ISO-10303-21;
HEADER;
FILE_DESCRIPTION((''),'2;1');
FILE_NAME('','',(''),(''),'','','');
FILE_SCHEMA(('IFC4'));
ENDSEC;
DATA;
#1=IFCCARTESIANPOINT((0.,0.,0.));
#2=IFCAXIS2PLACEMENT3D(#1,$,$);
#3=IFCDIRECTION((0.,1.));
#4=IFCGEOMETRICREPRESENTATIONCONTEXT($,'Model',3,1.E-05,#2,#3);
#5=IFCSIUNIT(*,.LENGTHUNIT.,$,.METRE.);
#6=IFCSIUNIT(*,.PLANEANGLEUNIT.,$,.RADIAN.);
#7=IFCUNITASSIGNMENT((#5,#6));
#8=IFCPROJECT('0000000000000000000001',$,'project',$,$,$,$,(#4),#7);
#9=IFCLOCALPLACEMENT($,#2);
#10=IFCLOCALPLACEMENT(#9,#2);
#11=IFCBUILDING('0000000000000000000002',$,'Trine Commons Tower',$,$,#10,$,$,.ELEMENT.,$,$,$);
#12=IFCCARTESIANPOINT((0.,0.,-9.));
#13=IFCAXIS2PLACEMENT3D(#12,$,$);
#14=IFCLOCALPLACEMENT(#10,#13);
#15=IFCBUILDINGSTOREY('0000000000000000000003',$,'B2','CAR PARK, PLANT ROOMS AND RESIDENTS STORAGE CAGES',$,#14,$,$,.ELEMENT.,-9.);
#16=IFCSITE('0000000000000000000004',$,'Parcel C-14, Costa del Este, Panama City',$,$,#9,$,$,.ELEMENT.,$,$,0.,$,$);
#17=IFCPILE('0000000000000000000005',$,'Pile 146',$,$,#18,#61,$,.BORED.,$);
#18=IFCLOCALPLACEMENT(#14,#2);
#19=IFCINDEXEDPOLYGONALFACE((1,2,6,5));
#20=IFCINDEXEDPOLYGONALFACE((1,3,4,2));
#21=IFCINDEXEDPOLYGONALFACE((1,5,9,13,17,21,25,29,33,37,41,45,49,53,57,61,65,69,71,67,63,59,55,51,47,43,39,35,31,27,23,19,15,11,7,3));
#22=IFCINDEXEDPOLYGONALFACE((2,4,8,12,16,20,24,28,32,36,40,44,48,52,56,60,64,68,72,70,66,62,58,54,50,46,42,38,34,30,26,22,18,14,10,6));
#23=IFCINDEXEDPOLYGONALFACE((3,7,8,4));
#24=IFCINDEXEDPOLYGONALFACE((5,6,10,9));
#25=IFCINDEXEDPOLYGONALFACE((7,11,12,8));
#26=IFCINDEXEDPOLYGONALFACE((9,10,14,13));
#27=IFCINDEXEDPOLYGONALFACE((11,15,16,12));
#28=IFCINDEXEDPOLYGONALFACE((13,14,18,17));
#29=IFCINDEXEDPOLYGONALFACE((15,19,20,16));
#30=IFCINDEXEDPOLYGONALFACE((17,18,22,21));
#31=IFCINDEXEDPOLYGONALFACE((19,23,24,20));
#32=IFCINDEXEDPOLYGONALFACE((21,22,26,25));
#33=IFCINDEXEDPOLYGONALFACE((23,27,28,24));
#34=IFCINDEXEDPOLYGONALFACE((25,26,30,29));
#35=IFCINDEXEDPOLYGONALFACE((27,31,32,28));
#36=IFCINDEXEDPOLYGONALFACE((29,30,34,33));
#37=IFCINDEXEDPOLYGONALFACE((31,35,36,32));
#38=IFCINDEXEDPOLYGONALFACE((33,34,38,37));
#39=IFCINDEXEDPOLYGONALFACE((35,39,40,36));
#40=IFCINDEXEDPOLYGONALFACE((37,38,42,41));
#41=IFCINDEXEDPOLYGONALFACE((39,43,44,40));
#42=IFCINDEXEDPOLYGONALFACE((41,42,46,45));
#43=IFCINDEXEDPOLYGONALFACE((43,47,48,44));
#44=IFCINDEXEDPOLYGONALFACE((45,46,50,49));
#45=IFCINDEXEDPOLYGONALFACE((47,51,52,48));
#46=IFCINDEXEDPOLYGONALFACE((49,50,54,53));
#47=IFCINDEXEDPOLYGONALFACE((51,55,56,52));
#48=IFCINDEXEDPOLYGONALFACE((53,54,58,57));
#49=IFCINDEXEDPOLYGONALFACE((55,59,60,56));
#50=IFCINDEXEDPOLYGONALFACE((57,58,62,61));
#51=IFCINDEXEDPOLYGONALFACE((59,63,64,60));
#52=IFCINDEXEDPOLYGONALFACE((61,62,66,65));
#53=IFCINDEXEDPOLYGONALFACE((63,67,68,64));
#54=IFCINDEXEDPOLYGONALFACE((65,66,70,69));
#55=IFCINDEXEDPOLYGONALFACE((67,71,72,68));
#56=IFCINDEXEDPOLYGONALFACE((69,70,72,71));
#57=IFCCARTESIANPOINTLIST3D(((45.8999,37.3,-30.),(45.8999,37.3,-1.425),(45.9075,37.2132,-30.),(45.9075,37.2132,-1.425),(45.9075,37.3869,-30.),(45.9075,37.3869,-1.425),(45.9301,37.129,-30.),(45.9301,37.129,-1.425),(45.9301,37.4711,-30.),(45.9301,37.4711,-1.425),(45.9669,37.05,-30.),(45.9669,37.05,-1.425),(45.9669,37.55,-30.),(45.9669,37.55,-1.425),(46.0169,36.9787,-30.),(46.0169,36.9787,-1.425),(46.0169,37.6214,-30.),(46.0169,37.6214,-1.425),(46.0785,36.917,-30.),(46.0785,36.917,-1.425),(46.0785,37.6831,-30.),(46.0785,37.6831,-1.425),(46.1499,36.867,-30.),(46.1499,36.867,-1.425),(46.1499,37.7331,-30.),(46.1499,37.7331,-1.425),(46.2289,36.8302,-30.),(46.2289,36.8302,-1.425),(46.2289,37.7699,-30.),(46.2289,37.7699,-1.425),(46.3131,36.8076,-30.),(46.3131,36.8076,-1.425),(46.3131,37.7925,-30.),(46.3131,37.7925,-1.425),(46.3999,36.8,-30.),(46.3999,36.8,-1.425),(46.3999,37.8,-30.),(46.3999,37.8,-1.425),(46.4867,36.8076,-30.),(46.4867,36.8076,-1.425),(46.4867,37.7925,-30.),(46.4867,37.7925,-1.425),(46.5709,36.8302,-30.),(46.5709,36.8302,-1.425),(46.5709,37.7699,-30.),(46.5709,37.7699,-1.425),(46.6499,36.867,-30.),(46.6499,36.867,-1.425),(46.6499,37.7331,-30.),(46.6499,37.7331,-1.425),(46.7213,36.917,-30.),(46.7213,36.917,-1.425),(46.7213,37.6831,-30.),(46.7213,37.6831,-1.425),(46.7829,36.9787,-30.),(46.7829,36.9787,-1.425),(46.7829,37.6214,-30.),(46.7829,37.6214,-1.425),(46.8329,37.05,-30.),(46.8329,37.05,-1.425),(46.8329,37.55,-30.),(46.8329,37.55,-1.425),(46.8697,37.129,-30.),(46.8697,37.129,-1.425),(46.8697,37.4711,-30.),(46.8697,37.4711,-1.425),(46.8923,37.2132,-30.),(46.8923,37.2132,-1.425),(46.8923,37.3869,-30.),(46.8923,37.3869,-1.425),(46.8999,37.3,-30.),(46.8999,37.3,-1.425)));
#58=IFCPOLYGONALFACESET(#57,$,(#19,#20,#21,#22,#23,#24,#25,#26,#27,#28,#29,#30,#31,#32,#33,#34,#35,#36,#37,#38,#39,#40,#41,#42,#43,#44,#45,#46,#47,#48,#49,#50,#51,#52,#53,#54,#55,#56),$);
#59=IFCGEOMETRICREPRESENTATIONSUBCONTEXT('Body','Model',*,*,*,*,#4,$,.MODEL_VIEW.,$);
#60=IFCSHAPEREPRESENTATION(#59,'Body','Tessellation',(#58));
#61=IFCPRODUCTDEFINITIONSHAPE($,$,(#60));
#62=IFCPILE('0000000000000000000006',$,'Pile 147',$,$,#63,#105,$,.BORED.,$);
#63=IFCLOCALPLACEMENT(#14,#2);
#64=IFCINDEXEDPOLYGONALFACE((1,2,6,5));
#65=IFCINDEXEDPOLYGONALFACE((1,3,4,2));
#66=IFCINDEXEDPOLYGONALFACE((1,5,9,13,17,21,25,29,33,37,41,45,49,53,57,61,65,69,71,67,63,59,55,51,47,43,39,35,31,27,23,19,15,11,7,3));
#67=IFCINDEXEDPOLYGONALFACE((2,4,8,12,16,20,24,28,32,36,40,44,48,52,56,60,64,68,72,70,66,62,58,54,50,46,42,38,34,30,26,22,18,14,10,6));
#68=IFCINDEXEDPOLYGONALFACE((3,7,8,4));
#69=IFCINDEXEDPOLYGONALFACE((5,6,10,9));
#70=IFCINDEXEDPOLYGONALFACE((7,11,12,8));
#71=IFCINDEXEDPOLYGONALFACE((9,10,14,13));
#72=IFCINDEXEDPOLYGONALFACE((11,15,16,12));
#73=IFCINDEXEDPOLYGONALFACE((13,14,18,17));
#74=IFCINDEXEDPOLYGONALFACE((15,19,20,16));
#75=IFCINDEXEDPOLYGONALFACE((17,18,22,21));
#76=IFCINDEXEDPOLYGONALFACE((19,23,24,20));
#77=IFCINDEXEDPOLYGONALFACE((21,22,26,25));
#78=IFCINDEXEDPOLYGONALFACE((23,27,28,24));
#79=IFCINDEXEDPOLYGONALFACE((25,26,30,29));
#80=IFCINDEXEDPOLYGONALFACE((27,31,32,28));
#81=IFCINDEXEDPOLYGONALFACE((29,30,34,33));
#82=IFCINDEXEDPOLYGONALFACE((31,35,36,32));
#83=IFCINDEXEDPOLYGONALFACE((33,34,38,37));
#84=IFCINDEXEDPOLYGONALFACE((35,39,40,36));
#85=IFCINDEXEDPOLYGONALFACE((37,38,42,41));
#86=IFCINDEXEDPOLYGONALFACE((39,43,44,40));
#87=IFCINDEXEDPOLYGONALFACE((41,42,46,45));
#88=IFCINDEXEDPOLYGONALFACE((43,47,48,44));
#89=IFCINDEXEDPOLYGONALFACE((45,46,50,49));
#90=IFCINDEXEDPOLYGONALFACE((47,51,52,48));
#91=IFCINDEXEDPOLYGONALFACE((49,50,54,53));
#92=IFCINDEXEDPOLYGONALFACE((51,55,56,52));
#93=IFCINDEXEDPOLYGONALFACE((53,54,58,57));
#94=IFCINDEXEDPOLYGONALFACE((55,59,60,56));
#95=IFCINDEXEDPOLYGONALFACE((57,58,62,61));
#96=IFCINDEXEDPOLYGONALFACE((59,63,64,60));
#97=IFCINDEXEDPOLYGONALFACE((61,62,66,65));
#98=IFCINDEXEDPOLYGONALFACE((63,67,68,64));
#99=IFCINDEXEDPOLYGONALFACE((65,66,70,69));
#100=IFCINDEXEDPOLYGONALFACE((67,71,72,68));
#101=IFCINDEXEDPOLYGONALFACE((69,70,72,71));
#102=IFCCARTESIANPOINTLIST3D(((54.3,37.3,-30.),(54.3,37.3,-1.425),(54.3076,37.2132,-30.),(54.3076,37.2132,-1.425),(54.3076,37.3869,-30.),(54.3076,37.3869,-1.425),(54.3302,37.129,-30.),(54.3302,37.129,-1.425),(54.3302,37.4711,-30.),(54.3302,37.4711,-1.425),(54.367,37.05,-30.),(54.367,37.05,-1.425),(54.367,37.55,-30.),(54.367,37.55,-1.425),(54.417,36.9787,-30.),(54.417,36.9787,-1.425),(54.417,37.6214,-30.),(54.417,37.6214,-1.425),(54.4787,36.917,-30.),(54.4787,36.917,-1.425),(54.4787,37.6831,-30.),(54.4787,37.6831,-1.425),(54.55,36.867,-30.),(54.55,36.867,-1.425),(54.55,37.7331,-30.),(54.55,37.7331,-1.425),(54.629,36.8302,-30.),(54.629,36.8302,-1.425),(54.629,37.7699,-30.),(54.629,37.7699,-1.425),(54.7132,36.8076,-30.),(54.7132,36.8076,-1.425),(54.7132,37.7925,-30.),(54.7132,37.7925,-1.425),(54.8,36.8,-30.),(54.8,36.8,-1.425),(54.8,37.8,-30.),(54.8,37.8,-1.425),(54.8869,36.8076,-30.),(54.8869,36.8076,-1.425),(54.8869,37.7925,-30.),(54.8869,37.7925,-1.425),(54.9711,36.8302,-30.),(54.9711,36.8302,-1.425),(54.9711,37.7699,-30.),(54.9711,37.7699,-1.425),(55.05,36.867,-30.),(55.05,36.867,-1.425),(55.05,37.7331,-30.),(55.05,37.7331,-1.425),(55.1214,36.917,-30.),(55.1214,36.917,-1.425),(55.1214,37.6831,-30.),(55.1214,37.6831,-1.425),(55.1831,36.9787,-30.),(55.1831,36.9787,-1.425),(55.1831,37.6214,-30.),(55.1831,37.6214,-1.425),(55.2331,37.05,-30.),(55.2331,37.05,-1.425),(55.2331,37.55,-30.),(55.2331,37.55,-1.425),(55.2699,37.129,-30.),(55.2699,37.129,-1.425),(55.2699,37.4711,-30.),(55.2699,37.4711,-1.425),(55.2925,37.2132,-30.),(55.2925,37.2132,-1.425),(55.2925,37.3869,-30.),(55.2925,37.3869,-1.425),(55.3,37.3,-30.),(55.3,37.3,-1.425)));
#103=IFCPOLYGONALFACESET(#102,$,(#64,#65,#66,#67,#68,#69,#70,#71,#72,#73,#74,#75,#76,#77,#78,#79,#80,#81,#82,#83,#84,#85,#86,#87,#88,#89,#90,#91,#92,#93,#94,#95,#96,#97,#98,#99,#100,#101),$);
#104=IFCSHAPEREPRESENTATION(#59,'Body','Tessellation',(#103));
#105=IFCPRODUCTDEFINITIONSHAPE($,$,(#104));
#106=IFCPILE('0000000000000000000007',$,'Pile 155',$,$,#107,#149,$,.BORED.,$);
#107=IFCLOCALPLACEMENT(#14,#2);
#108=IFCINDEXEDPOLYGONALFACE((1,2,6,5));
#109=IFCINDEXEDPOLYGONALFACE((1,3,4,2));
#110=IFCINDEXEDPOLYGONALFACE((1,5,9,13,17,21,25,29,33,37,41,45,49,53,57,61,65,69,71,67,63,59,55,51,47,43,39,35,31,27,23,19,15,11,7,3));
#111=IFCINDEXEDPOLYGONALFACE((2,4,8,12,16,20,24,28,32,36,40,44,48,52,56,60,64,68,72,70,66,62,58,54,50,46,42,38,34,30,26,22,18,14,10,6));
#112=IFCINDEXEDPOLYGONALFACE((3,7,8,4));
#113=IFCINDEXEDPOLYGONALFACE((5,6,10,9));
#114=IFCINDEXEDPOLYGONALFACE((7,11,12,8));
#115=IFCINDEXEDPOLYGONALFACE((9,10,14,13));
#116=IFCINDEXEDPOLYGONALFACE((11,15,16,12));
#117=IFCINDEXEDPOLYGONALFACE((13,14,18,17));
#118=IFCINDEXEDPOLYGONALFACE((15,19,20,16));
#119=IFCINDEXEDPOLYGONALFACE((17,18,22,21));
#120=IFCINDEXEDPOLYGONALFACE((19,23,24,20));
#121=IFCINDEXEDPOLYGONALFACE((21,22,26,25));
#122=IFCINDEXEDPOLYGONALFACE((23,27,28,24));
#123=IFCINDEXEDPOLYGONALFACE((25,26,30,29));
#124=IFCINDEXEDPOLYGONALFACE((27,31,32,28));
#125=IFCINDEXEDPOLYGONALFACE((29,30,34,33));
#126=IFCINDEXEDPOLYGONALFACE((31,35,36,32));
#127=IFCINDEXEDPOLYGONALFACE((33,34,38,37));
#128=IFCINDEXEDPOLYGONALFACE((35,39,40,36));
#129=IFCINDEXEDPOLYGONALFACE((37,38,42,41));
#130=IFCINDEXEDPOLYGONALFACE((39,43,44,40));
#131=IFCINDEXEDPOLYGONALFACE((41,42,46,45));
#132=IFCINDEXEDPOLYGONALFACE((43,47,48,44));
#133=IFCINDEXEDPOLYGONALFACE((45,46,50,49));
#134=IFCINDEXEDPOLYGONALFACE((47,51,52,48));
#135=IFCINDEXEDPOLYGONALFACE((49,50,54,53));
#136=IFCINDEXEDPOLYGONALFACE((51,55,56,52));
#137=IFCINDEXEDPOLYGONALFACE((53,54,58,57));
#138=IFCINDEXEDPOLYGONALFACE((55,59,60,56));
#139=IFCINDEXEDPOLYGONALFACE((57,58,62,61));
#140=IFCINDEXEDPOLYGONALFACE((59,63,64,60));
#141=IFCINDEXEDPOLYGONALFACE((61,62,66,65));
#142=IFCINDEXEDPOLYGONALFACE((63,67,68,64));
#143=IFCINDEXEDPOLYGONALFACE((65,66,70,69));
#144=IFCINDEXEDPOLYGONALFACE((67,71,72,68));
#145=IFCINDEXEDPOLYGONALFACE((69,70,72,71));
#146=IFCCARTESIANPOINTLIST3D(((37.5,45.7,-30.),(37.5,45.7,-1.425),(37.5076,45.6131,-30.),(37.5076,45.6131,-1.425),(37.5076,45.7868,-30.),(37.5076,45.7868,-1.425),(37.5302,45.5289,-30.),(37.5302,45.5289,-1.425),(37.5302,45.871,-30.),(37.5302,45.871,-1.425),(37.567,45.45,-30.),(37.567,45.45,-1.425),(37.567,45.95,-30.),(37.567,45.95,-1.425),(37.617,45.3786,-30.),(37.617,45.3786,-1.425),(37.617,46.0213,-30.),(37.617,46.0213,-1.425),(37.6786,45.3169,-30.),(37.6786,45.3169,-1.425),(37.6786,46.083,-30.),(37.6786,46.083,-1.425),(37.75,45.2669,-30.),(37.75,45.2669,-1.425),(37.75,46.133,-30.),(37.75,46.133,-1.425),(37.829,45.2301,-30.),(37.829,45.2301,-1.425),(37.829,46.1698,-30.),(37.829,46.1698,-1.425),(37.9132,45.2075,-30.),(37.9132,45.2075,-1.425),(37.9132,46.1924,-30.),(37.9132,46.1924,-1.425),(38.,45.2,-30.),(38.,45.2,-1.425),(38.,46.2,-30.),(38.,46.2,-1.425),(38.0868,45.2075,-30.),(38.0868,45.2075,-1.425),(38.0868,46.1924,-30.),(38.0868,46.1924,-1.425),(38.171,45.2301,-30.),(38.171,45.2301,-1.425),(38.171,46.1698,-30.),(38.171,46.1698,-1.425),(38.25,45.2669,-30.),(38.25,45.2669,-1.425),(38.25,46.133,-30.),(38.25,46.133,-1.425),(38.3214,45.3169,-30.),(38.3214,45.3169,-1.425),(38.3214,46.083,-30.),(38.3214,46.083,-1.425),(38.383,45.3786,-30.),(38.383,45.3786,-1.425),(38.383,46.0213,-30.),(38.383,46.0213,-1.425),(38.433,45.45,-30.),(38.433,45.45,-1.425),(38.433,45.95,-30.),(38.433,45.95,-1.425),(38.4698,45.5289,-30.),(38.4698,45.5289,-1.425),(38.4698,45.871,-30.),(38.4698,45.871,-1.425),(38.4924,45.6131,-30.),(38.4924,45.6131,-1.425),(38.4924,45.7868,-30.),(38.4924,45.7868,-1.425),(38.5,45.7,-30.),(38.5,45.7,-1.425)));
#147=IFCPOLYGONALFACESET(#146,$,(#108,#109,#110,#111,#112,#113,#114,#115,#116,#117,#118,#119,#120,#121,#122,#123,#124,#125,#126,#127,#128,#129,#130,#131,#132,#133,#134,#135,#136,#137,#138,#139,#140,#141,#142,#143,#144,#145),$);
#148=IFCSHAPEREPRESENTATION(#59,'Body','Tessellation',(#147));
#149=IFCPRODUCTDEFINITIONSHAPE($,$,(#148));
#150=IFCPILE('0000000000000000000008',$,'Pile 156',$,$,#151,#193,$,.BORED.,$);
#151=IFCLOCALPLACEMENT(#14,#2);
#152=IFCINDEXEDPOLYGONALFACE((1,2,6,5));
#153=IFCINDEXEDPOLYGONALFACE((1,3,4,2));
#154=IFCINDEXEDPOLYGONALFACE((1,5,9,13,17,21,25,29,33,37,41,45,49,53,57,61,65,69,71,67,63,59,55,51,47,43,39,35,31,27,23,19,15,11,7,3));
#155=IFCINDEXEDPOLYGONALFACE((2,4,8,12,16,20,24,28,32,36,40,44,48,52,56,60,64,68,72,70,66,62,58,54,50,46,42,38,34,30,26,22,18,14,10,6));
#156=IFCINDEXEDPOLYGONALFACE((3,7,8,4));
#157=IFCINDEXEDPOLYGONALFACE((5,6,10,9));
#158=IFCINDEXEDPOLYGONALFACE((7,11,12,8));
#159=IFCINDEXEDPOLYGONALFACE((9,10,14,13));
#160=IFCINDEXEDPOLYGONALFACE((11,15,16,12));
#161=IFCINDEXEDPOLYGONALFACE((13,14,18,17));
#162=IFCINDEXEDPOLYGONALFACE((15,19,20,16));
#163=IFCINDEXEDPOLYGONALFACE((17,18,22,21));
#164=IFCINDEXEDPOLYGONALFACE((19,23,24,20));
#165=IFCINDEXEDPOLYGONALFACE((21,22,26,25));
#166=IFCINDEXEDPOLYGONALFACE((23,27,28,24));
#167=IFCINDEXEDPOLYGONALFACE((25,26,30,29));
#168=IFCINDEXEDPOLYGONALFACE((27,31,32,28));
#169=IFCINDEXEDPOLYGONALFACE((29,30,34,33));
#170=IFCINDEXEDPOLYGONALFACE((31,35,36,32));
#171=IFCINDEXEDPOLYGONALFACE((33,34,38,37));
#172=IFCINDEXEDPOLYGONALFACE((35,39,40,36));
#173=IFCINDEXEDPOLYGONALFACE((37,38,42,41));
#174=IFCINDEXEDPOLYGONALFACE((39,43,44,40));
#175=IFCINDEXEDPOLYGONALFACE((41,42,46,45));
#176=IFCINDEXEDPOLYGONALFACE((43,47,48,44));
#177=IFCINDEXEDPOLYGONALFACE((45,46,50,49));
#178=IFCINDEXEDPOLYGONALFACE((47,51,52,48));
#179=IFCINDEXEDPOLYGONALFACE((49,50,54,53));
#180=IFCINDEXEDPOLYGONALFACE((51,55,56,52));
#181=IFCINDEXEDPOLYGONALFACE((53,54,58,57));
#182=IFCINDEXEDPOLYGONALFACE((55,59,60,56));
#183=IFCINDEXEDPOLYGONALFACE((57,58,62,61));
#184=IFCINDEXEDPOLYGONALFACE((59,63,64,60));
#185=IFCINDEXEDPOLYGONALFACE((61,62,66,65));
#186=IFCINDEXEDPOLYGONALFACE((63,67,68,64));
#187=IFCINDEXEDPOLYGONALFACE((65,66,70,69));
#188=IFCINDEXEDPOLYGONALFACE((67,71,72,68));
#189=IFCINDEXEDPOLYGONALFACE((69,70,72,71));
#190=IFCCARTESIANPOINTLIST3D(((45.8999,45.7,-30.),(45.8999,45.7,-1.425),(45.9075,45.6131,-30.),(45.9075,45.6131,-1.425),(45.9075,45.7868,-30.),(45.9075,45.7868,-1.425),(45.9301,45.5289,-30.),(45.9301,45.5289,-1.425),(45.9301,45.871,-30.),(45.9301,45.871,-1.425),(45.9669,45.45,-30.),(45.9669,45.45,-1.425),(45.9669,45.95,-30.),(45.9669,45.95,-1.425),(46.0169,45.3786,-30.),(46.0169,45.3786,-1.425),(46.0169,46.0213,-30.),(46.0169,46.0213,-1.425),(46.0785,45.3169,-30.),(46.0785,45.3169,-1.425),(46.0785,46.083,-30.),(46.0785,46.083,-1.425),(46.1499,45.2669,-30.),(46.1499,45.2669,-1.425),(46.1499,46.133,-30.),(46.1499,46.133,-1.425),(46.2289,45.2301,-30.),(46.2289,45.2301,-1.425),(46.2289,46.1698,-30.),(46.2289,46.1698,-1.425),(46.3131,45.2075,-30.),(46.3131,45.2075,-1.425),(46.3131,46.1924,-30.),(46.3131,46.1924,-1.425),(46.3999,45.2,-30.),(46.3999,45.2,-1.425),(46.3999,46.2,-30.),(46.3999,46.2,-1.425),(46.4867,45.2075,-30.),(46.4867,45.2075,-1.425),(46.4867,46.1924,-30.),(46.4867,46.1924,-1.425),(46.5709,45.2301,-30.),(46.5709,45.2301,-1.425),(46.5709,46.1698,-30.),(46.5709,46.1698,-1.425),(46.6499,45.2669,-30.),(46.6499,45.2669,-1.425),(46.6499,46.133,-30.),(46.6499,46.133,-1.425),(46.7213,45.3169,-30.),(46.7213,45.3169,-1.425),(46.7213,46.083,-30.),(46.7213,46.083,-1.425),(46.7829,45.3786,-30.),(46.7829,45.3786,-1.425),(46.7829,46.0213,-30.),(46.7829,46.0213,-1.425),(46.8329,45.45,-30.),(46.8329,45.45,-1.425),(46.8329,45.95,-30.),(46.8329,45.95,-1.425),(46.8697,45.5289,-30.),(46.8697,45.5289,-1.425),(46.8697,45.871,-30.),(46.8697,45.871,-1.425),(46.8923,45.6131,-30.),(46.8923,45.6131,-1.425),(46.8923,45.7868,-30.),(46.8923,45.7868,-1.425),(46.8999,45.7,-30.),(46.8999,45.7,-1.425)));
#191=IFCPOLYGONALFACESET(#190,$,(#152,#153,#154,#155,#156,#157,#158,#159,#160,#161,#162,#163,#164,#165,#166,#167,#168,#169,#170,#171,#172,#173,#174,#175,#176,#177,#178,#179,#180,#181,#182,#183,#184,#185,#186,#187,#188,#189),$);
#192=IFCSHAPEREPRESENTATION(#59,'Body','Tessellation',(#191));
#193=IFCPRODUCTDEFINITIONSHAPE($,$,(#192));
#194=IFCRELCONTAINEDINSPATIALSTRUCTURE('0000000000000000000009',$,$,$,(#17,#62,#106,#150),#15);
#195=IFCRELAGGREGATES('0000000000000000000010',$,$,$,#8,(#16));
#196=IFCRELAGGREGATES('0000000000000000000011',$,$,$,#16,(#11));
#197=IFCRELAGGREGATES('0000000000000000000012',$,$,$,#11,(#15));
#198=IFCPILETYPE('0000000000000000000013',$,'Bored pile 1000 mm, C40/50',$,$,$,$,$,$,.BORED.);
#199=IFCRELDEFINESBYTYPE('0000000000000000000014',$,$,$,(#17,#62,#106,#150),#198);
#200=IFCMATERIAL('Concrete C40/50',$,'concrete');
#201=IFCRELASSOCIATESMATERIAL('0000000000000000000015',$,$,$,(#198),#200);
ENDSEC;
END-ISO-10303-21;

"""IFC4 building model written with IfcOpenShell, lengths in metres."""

from ifc_helpers import new_model, si_unit, direction, frame, origin, origin_2d, place, context, subcontext, project, spatial, circle, extrude, material, type_object, element, save


model = new_model("IFC4")

# Units and contexts
model_context = context("Model", 3, precision=1e-05, world=origin(), true_north=direction((0.0, 1.0)))
body_context = subcontext(model_context, "Body", "Model", "MODEL_VIEW")
ifc_project = project(units=[si_unit("LENGTHUNIT", "METRE"), si_unit("PLANEANGLEUNIT", "RADIAN")], contexts=[model_context])

# Site, building, storey
site_placement = place(None, origin())
site = spatial("IfcSite", under=ifc_project, at=site_placement, Name="Parcel C-14, Costa del Este, Panama City", CompositionType="ELEMENT", RefElevation=0.0)
building_placement = place(site_placement, origin())
building = spatial("IfcBuilding", under=site, at=building_placement, Name="Trine Commons Tower", CompositionType="ELEMENT")
storey_placement = place(building_placement, frame((0.0, 0.0, -9.0)))
storey = spatial("IfcBuildingStorey", under=building, at=storey_placement, Name="B2", Description="CAR PARK, PLANT ROOMS AND RESIDENTS STORAGE CAGES", CompositionType="ELEMENT", Elevation=-9.0)

# Piles
ifc_material_1 = material(Name="Concrete C40/50", Category="concrete")
pile_type_1 = type_object("IfcPileType", Name="Bored pile 1000 mm, C40/50", PredefinedType="BORED", material=ifc_material_1)
for number, where, z_axis, x_axis, name in (
    (1, (46.3999, 37.3, -1.425), (0.0, 0.0, -1.0), (1.0, 0.0, 0.0), "Pile 146"),
    (2, (54.8, 37.3, -1.425), (0.0, 0.0, -1.0), (1.0, 0.0, 0.0), "Pile 147"),
    (3, (38.0, 45.7, -1.425), (0.0, 0.0, -1.0), (1.0, 0.0, 0.0), "Pile 155"),
    (4, (46.3999, 45.7, -1.425), (0.0, 0.0, -1.0), (1.0, 0.0, 0.0), "Pile 156"),
):
    element("IfcPile", number, at=place(storey_placement, frame(where, z_axis=z_axis, x_axis=x_axis)), inside=storey, type_object=pile_type_1, Name=name, PredefinedType="BORED", context=body_context, shape_type="SweptSolid", body=[
        extrude(circle(Radius=0.5, at=origin_2d()), origin(), (0.0, 0.0, 1.0), 28.575),
    ])

save(model, "model.ifc")
